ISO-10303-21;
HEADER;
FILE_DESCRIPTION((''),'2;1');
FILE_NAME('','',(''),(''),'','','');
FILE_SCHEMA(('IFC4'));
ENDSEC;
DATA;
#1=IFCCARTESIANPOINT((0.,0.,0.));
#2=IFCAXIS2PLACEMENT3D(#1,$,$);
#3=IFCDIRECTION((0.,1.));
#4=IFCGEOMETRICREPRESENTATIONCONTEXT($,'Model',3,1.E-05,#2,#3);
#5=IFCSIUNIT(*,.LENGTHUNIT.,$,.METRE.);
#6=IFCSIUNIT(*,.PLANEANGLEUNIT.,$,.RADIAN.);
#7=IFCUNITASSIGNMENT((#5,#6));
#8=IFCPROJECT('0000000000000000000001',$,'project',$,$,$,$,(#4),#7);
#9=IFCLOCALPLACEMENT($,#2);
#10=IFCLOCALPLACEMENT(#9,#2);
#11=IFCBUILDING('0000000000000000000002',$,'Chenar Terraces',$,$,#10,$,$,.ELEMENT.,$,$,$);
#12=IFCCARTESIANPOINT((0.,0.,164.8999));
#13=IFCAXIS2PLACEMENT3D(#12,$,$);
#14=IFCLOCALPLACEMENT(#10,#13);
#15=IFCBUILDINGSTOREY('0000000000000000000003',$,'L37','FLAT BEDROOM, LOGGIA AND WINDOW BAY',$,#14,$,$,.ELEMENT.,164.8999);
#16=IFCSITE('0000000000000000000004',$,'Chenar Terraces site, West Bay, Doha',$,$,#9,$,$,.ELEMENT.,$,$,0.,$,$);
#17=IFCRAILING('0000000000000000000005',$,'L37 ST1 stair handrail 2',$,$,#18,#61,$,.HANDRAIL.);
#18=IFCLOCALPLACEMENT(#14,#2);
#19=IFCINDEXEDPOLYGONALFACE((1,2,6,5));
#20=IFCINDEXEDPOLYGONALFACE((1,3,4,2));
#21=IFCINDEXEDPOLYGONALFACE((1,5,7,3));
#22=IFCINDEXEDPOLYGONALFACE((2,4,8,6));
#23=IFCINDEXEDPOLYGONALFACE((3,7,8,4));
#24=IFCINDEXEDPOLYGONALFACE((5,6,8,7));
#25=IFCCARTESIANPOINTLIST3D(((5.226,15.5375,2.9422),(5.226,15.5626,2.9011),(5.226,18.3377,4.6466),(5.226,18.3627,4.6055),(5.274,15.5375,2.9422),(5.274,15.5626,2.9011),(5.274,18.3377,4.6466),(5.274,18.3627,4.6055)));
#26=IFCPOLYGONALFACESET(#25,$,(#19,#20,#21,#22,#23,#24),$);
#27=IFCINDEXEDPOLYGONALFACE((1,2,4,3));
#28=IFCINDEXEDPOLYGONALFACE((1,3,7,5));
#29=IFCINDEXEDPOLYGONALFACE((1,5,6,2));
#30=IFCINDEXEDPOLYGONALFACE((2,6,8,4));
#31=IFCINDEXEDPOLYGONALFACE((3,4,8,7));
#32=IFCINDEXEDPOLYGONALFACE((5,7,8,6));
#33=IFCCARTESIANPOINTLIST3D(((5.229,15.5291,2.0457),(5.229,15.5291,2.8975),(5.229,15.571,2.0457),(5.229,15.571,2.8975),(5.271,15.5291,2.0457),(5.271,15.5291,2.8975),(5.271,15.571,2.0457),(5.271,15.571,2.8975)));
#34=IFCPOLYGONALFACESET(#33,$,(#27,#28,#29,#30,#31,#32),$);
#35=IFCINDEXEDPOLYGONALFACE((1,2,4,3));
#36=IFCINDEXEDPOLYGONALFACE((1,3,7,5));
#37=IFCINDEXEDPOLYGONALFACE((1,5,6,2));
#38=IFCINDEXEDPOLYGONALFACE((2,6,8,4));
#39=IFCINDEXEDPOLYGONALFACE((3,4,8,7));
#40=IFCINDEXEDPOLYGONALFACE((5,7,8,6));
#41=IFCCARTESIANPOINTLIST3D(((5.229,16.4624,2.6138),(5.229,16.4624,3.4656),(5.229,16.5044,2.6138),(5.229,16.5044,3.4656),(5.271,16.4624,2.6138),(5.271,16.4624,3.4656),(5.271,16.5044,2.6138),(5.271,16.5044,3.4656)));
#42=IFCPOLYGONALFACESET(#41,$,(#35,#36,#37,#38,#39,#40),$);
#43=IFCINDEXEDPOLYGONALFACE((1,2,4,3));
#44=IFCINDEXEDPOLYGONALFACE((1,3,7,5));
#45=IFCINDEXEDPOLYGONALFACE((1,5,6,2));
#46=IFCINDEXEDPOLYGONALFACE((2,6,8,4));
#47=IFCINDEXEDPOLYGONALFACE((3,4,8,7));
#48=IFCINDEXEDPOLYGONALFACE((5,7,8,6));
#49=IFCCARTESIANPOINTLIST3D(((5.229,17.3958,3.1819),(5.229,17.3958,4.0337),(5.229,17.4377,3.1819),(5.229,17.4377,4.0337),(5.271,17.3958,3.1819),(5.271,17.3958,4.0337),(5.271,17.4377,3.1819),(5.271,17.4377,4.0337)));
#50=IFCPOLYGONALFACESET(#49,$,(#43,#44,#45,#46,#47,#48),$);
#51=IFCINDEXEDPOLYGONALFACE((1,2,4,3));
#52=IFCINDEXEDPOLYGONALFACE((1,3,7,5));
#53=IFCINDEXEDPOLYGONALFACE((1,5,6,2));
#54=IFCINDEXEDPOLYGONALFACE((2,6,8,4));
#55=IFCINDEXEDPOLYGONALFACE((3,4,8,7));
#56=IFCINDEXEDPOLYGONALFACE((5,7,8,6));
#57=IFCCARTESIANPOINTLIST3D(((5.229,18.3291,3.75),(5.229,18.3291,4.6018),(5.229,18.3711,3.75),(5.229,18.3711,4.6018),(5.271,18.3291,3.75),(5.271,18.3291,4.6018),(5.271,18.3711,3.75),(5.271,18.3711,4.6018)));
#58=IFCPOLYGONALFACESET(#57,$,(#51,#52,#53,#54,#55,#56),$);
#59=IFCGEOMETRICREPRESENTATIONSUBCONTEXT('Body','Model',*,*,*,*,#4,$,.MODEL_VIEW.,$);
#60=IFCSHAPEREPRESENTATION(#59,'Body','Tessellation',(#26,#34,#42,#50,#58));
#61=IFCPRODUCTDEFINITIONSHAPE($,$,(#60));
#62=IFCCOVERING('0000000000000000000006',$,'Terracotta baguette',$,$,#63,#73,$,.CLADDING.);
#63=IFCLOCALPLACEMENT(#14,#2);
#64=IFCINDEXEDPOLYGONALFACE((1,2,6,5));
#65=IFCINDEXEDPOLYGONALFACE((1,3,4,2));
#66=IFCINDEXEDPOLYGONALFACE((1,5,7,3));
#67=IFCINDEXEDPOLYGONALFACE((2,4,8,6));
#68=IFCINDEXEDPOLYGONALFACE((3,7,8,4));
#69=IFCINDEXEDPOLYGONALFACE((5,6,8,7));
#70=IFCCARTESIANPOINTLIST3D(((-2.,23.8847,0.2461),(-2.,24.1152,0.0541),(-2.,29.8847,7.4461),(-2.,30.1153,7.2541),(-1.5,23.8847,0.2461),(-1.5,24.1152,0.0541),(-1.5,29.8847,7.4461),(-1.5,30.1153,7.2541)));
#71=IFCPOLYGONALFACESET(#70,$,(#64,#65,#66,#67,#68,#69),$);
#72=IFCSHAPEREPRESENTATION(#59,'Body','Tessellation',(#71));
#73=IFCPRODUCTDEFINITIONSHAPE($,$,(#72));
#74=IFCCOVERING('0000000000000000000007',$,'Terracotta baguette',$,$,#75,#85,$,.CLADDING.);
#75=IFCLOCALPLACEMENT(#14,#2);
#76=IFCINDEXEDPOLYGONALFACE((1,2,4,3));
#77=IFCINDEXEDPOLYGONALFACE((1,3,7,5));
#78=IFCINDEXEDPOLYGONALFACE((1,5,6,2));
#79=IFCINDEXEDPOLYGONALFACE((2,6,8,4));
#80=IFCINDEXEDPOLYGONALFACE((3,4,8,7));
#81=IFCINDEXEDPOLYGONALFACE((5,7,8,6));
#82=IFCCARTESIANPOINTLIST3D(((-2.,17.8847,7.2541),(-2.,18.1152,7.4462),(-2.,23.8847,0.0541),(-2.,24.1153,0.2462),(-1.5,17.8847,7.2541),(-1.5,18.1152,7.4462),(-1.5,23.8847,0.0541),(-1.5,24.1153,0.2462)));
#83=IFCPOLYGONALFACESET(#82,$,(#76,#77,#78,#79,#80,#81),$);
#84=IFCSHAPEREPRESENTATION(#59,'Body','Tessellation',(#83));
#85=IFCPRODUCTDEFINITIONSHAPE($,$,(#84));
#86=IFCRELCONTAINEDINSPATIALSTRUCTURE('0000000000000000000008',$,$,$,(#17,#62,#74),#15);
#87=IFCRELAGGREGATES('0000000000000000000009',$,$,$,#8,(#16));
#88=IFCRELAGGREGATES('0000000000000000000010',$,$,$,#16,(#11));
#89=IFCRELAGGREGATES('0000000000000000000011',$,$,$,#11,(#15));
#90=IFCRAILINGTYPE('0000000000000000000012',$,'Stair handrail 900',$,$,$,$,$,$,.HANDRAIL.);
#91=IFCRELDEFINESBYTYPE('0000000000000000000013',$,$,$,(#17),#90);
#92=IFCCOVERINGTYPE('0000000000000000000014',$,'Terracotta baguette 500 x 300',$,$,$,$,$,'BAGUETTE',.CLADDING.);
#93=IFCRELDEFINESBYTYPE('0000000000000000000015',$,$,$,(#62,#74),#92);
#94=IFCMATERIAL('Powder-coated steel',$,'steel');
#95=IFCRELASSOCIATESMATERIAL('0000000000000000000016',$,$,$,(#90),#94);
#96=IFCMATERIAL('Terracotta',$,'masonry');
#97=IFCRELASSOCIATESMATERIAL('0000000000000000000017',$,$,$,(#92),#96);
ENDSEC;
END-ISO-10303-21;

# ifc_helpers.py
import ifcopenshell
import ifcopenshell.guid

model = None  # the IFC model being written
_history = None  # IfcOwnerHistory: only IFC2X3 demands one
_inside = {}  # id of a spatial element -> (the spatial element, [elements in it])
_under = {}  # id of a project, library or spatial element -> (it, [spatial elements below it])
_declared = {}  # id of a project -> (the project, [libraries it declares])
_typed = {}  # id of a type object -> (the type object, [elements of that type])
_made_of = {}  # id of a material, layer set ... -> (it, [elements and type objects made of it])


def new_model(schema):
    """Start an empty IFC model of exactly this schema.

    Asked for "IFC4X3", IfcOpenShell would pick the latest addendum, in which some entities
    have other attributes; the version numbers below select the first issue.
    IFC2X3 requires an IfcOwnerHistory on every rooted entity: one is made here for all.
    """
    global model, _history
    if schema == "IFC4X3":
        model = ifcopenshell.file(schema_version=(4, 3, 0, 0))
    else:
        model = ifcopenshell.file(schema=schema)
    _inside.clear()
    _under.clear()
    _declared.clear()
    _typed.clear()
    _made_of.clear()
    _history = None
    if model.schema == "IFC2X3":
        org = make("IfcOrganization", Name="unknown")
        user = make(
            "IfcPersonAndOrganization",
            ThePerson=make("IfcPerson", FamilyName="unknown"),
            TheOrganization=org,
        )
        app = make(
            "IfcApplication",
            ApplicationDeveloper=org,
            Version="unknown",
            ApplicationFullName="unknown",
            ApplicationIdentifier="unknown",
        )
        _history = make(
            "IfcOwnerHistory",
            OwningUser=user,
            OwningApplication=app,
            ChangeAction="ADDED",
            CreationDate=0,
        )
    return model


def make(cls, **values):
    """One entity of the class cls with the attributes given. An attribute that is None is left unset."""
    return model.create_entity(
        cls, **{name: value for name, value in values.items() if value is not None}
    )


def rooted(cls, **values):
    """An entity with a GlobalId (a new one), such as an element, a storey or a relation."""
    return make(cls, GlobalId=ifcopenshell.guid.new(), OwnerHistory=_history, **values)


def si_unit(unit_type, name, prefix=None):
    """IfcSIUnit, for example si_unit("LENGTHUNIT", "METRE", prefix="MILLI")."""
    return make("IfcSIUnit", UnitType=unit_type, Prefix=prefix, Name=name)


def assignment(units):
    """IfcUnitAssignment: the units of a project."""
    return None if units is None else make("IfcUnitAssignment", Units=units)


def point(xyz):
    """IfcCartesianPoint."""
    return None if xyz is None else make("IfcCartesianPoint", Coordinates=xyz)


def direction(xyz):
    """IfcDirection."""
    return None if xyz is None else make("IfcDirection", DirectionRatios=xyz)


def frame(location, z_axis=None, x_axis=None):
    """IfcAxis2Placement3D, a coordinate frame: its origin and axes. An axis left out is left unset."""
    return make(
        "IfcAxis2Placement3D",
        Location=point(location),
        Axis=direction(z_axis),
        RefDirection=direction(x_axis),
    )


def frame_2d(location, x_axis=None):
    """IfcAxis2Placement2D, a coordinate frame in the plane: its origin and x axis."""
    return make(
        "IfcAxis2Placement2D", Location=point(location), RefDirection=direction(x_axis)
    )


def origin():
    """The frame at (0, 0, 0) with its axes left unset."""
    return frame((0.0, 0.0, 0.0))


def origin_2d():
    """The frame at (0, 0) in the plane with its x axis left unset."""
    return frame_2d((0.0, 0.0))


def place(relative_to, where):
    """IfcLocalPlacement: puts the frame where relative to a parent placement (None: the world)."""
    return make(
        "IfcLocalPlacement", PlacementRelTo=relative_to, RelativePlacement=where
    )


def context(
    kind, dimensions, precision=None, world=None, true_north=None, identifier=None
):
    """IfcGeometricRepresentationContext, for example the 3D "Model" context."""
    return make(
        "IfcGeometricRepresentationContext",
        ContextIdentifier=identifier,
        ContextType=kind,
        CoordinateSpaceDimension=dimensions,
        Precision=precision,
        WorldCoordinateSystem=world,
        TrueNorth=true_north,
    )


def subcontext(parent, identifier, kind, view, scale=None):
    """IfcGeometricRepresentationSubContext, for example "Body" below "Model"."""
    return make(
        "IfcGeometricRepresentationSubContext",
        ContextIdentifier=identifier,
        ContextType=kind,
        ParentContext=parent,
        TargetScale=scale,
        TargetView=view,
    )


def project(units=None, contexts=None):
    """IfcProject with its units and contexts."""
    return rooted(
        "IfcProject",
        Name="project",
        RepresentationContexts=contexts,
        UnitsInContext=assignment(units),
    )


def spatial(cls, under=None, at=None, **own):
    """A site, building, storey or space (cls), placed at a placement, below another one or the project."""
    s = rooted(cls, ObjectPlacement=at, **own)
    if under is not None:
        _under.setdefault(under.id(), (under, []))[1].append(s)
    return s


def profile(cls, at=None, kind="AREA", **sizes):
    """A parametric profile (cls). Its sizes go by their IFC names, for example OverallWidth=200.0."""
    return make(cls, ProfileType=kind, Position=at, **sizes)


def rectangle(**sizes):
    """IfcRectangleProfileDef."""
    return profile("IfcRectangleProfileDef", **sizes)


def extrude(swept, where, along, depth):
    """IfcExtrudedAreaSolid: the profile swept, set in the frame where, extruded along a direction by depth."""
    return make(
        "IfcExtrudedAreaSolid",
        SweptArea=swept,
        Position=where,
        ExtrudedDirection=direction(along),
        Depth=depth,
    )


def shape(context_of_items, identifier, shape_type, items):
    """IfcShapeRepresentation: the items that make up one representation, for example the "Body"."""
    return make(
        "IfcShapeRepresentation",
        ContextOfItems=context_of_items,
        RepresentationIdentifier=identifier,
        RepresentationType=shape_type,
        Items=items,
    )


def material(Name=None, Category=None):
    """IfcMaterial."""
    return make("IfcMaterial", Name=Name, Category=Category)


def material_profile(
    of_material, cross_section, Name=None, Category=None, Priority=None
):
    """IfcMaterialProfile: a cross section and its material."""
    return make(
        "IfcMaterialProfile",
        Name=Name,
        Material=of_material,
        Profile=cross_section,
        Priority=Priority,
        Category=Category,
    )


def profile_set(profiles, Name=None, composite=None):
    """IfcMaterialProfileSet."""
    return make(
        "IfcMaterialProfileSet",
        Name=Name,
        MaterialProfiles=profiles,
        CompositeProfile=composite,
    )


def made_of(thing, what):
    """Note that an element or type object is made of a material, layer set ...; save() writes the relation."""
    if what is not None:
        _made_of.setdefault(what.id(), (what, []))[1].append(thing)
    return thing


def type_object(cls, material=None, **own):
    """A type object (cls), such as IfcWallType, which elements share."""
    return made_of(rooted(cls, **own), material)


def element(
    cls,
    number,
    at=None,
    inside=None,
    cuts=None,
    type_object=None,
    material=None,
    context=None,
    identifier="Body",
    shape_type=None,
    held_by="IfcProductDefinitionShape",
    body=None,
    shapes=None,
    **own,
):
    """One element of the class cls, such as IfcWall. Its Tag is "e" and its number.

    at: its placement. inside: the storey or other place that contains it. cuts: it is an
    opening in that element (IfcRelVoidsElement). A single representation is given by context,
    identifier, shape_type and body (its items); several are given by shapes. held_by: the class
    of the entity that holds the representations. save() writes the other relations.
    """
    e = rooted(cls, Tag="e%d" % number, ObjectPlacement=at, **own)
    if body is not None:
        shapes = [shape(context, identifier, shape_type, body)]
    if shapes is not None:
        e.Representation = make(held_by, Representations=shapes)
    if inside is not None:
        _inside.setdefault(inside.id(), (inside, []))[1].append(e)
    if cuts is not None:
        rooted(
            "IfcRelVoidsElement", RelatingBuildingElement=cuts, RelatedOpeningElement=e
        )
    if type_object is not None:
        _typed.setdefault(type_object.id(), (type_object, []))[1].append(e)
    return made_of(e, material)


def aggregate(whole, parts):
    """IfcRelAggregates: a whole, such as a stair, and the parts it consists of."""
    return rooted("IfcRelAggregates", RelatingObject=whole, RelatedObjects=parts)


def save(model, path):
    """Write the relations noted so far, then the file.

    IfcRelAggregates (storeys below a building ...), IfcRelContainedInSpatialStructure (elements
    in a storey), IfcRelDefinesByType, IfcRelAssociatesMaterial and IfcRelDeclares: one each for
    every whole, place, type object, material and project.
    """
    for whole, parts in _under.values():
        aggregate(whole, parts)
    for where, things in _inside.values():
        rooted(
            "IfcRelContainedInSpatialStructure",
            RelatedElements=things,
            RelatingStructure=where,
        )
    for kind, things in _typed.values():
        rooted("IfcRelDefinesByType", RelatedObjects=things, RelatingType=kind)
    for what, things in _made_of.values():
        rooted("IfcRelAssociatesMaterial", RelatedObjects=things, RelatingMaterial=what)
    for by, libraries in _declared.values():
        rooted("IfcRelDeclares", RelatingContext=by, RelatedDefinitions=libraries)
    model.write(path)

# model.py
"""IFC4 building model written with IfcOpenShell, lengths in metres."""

from ifc_helpers import new_model, si_unit, direction, frame, origin, origin_2d, place, context, subcontext, project, spatial, rectangle, extrude, material, material_profile, profile_set, type_object, element, save


model = new_model("IFC4")

# Units and contexts
model_context = context("Model", 3, precision=1e-05, world=origin(), true_north=direction((0.0, 1.0)))
body_context = subcontext(model_context, "Body", "Model", "MODEL_VIEW")
ifc_project = project(units=[si_unit("LENGTHUNIT", "METRE"), si_unit("PLANEANGLEUNIT", "RADIAN")], contexts=[model_context])

# Site, building, storey
site_placement = place(None, origin())
site = spatial("IfcSite", under=ifc_project, at=site_placement, Name="Chenar Terraces site, West Bay, Doha", CompositionType="ELEMENT", RefElevation=0.0)
building_placement = place(site_placement, origin())
building = spatial("IfcBuilding", under=site, at=building_placement, Name="Chenar Terraces", CompositionType="ELEMENT")
storey_placement = place(building_placement, frame((0.0, 0.0, 164.8999)))
storey = spatial("IfcBuildingStorey", under=building, at=storey_placement, Name="L37", Description="FLAT BEDROOM, LOGGIA AND WINDOW BAY", CompositionType="ELEMENT", Elevation=164.8999)

# Railing
ifc_material_1 = material(Name="Powder-coated steel", Category="steel")
railing_type_1 = type_object("IfcRailingType", Name="Stair handrail 900", PredefinedType="HANDRAIL", material=ifc_material_1)
railing_1_placement = place(storey_placement, frame((5.25, 15.55, 2.0457)))
element("IfcRailing", 1, at=railing_1_placement, inside=storey, type_object=railing_type_1, Name="L37 ST1 stair handrail 2", PredefinedType="HANDRAIL", context=body_context, shape_type="SweptSolid", body=[
    extrude(rectangle(XDim=0.0481, YDim=0.0481, at=origin_2d()), frame((0.0, 0.0, 0.876), z_axis=(0.0, 0.854203, 0.51994), x_axis=(-1.0, 0.0, 0.0)), (0.0, 0.0, 1.0), 3.2781),
    extrude(rectangle(XDim=0.042, YDim=0.042, at=origin_2d()), origin(), (0.0, 0.0, 1.0), 0.8518),
    extrude(rectangle(XDim=0.042, YDim=0.042, at=origin_2d()), frame((0.0, 0.9333, 0.5681)), (0.0, 0.0, 1.0), 0.8518),
    extrude(rectangle(XDim=0.042, YDim=0.042, at=origin_2d()), frame((0.0, 1.8667, 1.1362)), (0.0, 0.0, 1.0), 0.8518),
    extrude(rectangle(XDim=0.042, YDim=0.042, at=origin_2d()), frame((0.0, 2.8, 1.7043)), (0.0, 0.0, 1.0), 0.8518),
])

# Coverings
ifc_material_2 = material(Name="Terracotta", Category="masonry")
ifc_material_profile_1 = material_profile(ifc_material_2, rectangle(XDim=0.5, YDim=0.3, at=origin_2d()), Name="Terracotta baguette 500 x 300")
ifc_profile_set_1 = profile_set([ifc_material_profile_1], Name="Terracotta")
covering_type = type_object("IfcCoveringType", Name="Terracotta baguette 500 x 300", ElementType="BAGUETTE", PredefinedType="CLADDING", material=ifc_profile_set_1)
for number, where, z_axis, x_axis, name in (
    (2, (-1.75, 30.0, 7.3501), (0.0, -0.640187, -0.768219), (1.0, 0.0, 0.0), "Terracotta baguette"),
    (3, (-1.75, 24.0, 0.1501), (0.0, -0.640187, 0.768219), (1.0, 0.0, 0.0), "Terracotta baguette"),
):
    element("IfcCovering", number, at=place(storey_placement, frame(where, z_axis=z_axis, x_axis=x_axis)), inside=storey, type_object=covering_type, Name=name, PredefinedType="CLADDING", context=body_context, shape_type="SweptSolid", body=[
        extrude(rectangle(XDim=0.5, YDim=0.3, at=origin_2d()), origin(), (0.0, 0.0, 1.0), 9.3723),
    ])

save(model, "model.ifc")
